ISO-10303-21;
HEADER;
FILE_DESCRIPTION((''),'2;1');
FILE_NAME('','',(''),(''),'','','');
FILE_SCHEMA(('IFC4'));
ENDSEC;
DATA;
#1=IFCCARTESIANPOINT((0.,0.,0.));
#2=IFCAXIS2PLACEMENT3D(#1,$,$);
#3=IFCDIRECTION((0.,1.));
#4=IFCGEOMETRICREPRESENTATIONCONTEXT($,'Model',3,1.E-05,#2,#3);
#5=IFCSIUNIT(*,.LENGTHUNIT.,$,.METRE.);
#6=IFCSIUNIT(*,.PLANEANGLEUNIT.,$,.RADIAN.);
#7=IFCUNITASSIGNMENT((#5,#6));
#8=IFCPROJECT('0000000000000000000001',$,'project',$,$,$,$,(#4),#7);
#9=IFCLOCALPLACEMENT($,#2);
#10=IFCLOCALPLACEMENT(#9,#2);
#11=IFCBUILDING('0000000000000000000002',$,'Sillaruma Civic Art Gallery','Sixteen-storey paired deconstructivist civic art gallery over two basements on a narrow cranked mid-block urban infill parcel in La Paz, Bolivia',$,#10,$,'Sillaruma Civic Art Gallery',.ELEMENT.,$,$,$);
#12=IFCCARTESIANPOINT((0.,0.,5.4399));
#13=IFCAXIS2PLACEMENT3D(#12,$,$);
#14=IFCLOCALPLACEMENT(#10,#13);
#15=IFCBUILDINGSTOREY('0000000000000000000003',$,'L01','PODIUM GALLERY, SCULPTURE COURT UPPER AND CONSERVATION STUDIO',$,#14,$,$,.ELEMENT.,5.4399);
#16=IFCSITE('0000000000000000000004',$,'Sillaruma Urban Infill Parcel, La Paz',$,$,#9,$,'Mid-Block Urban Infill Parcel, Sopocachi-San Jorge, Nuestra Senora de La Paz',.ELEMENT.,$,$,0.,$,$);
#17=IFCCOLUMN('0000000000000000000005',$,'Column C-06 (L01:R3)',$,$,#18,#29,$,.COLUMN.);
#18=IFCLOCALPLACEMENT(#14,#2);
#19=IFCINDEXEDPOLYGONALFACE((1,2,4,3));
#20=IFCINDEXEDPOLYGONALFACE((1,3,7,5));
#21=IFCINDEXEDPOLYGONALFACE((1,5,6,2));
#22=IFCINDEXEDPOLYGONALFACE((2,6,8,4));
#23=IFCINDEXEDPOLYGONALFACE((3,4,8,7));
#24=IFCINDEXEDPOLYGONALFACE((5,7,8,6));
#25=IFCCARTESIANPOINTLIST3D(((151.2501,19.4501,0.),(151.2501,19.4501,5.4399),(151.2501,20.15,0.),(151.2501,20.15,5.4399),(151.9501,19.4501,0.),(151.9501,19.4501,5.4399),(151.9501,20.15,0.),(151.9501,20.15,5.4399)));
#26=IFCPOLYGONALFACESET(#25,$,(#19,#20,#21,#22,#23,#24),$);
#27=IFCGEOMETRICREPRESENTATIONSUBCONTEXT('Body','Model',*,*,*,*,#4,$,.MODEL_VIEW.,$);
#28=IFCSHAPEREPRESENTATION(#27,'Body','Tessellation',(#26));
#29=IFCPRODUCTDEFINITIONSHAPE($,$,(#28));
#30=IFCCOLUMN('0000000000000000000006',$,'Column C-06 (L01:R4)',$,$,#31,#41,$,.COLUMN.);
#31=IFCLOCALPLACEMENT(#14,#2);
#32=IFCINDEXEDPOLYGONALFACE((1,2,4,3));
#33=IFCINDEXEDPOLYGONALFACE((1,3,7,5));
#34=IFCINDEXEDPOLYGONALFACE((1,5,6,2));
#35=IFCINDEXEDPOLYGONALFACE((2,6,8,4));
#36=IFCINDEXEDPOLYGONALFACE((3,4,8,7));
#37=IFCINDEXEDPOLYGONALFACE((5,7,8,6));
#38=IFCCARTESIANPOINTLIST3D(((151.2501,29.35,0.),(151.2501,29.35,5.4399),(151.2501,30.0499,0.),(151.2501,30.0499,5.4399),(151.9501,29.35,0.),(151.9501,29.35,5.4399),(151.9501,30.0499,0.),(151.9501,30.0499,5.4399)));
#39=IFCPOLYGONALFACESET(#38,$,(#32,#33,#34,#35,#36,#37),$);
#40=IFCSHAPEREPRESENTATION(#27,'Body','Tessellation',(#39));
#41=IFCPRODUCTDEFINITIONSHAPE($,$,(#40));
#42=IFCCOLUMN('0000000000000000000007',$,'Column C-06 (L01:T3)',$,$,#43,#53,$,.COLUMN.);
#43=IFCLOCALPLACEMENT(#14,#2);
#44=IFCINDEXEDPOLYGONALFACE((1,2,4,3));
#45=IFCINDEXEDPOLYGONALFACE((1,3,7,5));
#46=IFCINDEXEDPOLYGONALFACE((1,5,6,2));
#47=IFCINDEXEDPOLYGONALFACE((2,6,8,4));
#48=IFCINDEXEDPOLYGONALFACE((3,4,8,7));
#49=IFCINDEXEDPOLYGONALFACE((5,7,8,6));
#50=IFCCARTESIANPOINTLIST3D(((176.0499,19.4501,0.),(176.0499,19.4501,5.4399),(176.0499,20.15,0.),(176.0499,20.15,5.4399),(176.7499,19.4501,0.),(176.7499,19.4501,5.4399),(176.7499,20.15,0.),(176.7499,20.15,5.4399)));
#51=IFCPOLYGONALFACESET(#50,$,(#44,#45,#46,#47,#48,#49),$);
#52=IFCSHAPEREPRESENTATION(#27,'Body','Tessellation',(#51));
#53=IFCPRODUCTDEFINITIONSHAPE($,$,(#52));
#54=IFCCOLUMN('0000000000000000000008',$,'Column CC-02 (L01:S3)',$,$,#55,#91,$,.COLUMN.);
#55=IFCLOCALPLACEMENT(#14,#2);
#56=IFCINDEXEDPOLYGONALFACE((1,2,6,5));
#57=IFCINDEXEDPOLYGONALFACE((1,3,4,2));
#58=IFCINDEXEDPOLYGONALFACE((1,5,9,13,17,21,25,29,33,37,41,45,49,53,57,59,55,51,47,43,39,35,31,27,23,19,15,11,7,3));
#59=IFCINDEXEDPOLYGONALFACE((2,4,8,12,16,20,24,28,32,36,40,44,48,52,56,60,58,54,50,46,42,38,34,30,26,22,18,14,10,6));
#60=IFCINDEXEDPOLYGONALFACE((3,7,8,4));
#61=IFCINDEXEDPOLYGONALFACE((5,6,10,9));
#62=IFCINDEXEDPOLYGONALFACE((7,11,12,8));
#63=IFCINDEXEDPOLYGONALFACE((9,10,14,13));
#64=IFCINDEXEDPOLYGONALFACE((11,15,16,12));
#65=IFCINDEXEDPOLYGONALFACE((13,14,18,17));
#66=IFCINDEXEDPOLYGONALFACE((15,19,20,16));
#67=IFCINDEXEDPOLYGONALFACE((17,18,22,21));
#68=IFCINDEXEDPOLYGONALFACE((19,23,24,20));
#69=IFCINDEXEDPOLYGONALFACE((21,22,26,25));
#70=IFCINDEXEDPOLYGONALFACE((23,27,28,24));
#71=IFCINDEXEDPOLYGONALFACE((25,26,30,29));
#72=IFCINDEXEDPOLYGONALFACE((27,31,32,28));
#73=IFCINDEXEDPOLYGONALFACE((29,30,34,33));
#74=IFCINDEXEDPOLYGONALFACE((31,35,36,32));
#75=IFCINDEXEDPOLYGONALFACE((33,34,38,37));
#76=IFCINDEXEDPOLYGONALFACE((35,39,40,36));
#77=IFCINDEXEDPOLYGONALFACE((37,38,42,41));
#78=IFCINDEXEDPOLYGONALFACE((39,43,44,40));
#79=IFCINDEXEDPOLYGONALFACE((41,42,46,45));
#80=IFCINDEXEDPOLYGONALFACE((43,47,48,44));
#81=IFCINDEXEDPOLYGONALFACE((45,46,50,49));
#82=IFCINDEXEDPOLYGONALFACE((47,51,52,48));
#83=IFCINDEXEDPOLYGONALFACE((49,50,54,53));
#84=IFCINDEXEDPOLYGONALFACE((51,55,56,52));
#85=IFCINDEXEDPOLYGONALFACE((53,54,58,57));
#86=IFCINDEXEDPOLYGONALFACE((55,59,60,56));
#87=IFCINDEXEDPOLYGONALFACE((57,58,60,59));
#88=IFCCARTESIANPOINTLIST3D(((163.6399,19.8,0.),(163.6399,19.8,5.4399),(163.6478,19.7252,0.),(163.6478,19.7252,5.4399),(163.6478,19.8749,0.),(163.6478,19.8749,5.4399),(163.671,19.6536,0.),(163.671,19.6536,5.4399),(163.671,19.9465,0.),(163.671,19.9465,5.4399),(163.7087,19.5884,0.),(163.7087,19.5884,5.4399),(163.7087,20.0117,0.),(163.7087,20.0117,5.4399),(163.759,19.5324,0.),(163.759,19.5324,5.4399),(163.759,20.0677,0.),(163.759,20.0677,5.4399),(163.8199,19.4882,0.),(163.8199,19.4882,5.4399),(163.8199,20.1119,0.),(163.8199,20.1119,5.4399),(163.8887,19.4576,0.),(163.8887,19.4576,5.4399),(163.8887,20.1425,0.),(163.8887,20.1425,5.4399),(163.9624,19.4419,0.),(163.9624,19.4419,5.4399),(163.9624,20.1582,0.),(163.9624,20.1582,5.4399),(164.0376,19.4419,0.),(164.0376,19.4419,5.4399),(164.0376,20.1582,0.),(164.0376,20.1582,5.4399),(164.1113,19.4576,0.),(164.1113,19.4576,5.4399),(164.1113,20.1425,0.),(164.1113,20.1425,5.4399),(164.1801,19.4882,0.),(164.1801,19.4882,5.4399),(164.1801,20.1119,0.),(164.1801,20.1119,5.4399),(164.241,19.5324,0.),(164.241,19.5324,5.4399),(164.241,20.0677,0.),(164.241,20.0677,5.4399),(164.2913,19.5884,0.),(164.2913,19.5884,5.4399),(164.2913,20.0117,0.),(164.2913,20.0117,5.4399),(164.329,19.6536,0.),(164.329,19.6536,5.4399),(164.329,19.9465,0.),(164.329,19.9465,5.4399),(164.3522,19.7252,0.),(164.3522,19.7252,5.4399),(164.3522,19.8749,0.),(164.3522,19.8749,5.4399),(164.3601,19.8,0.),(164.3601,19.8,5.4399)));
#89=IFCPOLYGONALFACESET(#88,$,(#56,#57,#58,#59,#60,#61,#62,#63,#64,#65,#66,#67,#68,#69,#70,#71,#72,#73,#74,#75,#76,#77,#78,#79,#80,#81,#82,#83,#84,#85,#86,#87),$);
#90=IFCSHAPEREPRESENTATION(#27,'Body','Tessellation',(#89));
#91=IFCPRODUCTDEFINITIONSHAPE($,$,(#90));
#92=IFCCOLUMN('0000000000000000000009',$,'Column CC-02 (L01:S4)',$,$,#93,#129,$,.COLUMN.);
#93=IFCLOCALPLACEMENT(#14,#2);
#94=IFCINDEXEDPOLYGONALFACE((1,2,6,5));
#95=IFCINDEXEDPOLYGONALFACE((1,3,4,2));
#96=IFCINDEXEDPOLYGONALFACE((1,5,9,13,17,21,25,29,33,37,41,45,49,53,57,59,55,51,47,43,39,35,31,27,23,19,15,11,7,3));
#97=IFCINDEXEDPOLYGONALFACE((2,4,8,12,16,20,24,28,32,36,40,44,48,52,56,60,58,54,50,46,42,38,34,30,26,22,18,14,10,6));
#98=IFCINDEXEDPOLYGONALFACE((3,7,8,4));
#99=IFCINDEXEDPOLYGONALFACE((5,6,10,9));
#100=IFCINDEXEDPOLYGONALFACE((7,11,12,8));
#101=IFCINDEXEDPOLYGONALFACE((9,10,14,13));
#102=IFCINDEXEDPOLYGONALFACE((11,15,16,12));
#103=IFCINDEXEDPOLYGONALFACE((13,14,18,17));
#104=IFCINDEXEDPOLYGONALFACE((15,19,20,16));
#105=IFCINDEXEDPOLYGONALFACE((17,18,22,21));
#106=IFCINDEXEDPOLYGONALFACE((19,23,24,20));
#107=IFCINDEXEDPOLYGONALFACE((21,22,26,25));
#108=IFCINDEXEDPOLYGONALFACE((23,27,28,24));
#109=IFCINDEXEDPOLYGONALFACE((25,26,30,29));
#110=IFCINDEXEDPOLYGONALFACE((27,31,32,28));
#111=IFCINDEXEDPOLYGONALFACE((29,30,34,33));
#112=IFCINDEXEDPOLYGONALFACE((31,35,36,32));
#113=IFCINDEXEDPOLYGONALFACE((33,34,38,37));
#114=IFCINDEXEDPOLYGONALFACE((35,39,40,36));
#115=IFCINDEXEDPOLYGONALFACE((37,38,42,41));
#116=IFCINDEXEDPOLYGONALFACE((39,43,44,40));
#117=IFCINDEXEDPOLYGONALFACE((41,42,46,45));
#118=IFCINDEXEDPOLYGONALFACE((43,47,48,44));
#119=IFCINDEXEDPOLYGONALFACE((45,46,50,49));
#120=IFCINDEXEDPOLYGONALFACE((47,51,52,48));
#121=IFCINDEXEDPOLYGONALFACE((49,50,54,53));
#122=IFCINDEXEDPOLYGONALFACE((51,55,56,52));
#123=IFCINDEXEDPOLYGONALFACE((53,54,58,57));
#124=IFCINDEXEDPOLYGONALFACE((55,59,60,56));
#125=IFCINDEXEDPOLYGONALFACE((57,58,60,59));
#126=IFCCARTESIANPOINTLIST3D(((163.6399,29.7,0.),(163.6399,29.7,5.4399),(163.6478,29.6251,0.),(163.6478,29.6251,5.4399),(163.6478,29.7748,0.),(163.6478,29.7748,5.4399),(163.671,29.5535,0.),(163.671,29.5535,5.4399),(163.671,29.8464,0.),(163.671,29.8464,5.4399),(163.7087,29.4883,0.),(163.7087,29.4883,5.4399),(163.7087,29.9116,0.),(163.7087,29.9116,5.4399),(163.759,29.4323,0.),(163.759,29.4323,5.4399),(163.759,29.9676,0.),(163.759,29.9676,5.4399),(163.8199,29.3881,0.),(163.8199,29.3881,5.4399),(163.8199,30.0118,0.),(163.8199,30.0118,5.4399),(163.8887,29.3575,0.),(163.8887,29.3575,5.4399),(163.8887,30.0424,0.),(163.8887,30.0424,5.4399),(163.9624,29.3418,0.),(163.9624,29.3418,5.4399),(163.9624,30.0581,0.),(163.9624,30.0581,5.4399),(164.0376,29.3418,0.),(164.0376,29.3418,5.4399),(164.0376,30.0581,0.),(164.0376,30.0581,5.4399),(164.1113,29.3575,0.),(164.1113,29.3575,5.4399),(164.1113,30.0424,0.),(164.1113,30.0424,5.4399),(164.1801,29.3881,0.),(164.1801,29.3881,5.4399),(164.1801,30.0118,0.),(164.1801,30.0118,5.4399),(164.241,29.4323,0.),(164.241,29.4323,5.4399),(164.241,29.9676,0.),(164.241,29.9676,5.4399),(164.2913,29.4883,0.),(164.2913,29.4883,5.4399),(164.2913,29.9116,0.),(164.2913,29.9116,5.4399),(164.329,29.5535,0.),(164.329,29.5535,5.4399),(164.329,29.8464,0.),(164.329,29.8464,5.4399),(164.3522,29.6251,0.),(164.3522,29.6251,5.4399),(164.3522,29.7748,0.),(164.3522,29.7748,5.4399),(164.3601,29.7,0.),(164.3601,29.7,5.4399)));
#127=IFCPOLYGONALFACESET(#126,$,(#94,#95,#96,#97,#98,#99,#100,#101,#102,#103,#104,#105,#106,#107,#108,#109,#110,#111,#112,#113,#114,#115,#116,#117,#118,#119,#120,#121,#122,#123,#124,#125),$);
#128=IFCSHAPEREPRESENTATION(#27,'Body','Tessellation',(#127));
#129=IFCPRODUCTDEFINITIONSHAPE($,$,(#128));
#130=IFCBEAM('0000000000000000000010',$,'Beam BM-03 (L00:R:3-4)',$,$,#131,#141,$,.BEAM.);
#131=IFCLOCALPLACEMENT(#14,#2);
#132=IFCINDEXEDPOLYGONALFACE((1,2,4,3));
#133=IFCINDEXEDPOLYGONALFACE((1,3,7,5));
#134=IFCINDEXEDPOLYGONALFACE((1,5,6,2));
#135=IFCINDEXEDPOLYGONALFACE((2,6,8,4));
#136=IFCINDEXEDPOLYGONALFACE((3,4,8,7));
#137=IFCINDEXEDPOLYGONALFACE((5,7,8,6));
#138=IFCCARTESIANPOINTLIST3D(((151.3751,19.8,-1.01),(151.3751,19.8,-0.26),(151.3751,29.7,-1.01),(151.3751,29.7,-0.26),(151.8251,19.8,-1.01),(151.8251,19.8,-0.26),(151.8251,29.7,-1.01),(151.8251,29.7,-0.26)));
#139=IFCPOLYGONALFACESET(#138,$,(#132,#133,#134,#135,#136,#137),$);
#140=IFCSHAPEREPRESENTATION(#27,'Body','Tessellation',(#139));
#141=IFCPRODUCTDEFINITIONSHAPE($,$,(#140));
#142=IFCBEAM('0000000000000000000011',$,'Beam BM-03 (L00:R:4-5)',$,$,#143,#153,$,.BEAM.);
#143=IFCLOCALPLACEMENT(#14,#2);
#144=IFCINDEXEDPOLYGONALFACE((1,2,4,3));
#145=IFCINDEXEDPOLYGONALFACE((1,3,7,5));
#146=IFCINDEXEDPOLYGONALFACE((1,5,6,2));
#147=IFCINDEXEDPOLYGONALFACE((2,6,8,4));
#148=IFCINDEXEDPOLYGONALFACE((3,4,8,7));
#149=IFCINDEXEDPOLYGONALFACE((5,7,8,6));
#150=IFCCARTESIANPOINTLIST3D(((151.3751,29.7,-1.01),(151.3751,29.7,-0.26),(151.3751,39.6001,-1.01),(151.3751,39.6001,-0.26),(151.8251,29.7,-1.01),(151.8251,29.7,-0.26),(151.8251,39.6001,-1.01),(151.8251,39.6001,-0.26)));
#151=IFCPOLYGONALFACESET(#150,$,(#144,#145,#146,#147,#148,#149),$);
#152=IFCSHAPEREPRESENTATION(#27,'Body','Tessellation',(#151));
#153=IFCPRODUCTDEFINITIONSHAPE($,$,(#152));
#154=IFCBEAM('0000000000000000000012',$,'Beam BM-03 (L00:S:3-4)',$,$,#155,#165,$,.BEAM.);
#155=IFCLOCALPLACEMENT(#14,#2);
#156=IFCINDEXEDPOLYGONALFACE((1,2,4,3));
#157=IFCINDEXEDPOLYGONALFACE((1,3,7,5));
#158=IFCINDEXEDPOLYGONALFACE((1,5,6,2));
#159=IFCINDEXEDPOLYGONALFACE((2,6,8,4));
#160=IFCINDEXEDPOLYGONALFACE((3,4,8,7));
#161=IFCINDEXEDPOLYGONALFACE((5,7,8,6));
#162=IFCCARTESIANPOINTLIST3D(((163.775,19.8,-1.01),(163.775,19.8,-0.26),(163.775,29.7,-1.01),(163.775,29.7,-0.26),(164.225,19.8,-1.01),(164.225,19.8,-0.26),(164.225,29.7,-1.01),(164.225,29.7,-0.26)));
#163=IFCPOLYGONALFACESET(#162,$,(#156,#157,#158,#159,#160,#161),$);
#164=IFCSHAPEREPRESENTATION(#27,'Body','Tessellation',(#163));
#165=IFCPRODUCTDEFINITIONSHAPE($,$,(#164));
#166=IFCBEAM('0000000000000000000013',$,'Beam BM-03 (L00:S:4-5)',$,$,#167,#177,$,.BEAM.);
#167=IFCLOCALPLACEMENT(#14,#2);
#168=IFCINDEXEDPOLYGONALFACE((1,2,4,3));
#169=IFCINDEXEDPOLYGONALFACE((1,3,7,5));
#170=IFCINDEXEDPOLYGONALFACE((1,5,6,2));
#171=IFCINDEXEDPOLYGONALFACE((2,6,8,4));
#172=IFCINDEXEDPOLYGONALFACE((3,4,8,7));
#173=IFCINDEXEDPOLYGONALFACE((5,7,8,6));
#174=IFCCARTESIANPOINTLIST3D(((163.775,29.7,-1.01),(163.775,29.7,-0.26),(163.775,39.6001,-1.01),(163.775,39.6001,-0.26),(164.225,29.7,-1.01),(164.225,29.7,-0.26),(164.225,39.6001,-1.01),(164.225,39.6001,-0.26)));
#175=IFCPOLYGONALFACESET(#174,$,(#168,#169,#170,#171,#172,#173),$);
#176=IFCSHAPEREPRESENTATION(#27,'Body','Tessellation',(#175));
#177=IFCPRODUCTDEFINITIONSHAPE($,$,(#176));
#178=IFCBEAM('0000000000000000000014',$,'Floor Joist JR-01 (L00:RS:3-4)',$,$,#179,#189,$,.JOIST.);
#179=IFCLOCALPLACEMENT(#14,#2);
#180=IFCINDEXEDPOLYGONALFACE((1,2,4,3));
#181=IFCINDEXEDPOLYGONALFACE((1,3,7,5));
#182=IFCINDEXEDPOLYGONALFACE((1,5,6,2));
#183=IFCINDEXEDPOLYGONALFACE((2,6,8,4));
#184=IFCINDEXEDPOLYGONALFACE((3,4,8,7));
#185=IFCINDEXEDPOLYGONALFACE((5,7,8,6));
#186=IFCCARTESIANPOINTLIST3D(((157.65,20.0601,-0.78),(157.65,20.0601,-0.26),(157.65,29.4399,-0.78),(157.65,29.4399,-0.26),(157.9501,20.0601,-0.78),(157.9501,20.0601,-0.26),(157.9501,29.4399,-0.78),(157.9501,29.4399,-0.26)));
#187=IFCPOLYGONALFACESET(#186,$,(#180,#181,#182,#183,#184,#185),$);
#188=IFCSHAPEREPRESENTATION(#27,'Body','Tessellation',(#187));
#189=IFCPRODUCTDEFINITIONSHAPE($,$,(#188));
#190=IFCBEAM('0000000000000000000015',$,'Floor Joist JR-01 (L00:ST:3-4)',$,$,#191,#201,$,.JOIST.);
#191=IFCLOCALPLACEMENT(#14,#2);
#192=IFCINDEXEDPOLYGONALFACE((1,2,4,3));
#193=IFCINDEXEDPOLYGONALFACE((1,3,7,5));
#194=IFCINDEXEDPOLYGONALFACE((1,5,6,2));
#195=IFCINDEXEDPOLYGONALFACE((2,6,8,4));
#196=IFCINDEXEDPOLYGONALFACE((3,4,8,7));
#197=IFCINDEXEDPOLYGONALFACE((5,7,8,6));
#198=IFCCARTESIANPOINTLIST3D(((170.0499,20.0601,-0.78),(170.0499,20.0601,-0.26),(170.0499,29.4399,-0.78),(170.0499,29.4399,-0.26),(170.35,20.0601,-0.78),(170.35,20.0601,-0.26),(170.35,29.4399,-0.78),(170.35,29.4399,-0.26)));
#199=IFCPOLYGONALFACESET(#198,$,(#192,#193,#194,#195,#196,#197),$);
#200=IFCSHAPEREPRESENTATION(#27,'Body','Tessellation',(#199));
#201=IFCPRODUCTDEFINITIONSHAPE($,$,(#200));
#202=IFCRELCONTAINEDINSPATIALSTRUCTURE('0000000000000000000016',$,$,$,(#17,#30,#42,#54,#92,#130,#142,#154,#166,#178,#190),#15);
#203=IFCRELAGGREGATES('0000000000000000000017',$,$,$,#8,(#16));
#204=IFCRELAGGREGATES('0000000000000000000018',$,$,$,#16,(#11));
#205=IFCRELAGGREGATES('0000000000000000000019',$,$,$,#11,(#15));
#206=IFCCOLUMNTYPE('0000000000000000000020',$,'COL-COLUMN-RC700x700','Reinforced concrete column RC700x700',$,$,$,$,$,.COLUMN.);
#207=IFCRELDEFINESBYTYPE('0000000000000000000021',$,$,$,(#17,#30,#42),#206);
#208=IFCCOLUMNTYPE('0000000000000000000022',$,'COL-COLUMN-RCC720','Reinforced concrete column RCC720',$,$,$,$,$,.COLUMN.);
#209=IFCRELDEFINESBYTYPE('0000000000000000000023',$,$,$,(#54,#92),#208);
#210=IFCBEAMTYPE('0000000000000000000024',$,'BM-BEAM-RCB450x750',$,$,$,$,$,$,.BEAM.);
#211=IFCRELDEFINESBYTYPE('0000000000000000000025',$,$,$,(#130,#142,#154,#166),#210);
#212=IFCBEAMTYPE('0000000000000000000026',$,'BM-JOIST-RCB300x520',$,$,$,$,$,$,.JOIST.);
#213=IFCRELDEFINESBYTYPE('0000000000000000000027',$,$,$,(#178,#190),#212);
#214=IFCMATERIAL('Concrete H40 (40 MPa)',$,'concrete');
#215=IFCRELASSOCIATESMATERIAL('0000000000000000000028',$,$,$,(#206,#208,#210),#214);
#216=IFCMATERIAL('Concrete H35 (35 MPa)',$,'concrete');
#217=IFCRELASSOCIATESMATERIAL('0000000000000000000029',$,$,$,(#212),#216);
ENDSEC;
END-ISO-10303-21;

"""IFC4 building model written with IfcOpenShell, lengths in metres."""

from ifc_helpers import new_model, si_unit, direction, frame, origin, origin_2d, place, context, subcontext, project, spatial, rectangle, circle, extrude, material, material_profile, profile_set, type_object, element, save


model = new_model("IFC4")

# Units and contexts
model_context = context("Model", 3, precision=1e-05, world=origin(), true_north=direction((0.0, 1.0)))
body_context = subcontext(model_context, "Body", "Model", "MODEL_VIEW")
ifc_project = project(units=[si_unit("LENGTHUNIT", "METRE"), si_unit("PLANEANGLEUNIT", "RADIAN")], contexts=[model_context])

# Site, building, storey
site_placement = place(None, origin())
site = spatial("IfcSite", under=ifc_project, at=site_placement, Name="Sillaruma Urban Infill Parcel, La Paz", LongName="Mid-Block Urban Infill Parcel, Sopocachi-San Jorge, Nuestra Senora de La Paz", CompositionType="ELEMENT", RefElevation=0.0)
building_placement = place(site_placement, origin())
building = spatial("IfcBuilding", under=site, at=building_placement, Name="Sillaruma Civic Art Gallery", Description="Sixteen-storey paired deconstructivist civic art gallery over two basements on a narrow cranked mid-block urban infill parcel in La Paz, Bolivia", LongName="Sillaruma Civic Art Gallery", CompositionType="ELEMENT")
storey_placement = place(building_placement, frame((0.0, 0.0, 5.4399)))
storey = spatial("IfcBuildingStorey", under=building, at=storey_placement, Name="L01", Description="PODIUM GALLERY, SCULPTURE COURT UPPER AND CONSERVATION STUDIO", CompositionType="ELEMENT", Elevation=5.4399)

# Columns
ifc_material_1 = material(Name="Concrete H40 (40 MPa)", Category="concrete")
ifc_material_profile_1 = material_profile(ifc_material_1, rectangle(XDim=0.7, YDim=0.7, at=origin_2d()), Name="RC700x700")
ifc_profile_set_1 = profile_set([ifc_material_profile_1], Name="Concrete H40 (40 MPa)")
column_type_1 = type_object("IfcColumnType", Name="COL-COLUMN-RC700x700", Description="Reinforced concrete column RC700x700", PredefinedType="COLUMN", material=ifc_profile_set_1)
for number, where, z_axis, x_axis, name in (
    (1, (151.6001, 19.8, 0.0), (0.0, 0.0, 1.0), (1.0, 0.0, 0.0), "Column C-06 (L01:R3)"),
    (2, (151.6001, 29.7, 0.0), (0.0, 0.0, 1.0), (1.0, 0.0, 0.0), "Column C-06 (L01:R4)"),
    (3, (176.3999, 19.8, 0.0), (0.0, 0.0, 1.0), (1.0, 0.0, 0.0), "Column C-06 (L01:T3)"),
):
    element("IfcColumn", number, at=place(storey_placement, frame(where, z_axis=z_axis, x_axis=x_axis)), inside=storey, type_object=column_type_1, Name=name, PredefinedType="COLUMN", context=body_context, shape_type="SweptSolid", body=[
        extrude(rectangle(XDim=0.7, YDim=0.7, at=origin_2d()), origin(), (0.0, 0.0, 1.0), 5.4399),
    ])
ifc_material_profile_2 = material_profile(ifc_material_1, circle(Radius=0.3601, at=origin_2d()), Name="RCC720")
ifc_profile_set_2 = profile_set([ifc_material_profile_2], Name="Concrete H40 (40 MPa)")
column_type_2 = type_object("IfcColumnType", Name="COL-COLUMN-RCC720", Description="Reinforced concrete column RCC720", PredefinedType="COLUMN", material=ifc_profile_set_2)
for number, where, z_axis, x_axis, name in (
    (4, (164.0, 19.8, 0.0), (0.0, 0.0, 1.0), (1.0, 0.0, 0.0), "Column CC-02 (L01:S3)"),
    (5, (164.0, 29.7, 0.0), (0.0, 0.0, 1.0), (1.0, 0.0, 0.0), "Column CC-02 (L01:S4)"),
):
    element("IfcColumn", number, at=place(storey_placement, frame(where, z_axis=z_axis, x_axis=x_axis)), inside=storey, type_object=column_type_2, Name=name, PredefinedType="COLUMN", context=body_context, shape_type="SweptSolid", body=[
        extrude(circle(Radius=0.3601, at=origin_2d()), origin(), (0.0, 0.0, 1.0), 5.4399),
    ])

# Beams
ifc_material_profile_3 = material_profile(ifc_material_1, rectangle(XDim=0.45, YDim=0.75, at=origin_2d()), Name="RCB450x750")
ifc_profile_set_3 = profile_set([ifc_material_profile_3], Name="Concrete H40 (40 MPa)")
beam_type_1 = type_object("IfcBeamType", Name="BM-BEAM-RCB450x750", PredefinedType="BEAM", material=ifc_profile_set_3)
beam_1_placement = place(storey_placement, frame((151.6001, 19.8, -0.635), z_axis=(0.0, 1.0, 0.0), x_axis=(-1.0, 0.0, 0.0)))
element("IfcBeam", 6, at=beam_1_placement, inside=storey, type_object=beam_type_1, Name="Beam BM-03 (L00:R:3-4)", PredefinedType="BEAM", context=body_context, shape_type="SweptSolid", body=[
    extrude(rectangle(XDim=0.45, YDim=0.75, at=origin_2d()), origin(), (0.0, 0.0, 1.0), 9.8999),
])
beam_2_placement = place(storey_placement, frame((151.6001, 29.7, -0.635), z_axis=(0.0, 1.0, 0.0), x_axis=(-1.0, 0.0, 0.0)))
element("IfcBeam", 7, at=beam_2_placement, inside=storey, type_object=beam_type_1, Name="Beam BM-03 (L00:R:4-5)", PredefinedType="BEAM", context=body_context, shape_type="SweptSolid", body=[
    extrude(rectangle(XDim=0.45, YDim=0.75, at=origin_2d()), origin(), (0.0, 0.0, 1.0), 9.9001),
])
beam_3_placement = place(storey_placement, frame((164.0, 19.8, -0.635), z_axis=(0.0, 1.0, 0.0), x_axis=(-1.0, 0.0, 0.0)))
element("IfcBeam", 8, at=beam_3_placement, inside=storey, type_object=beam_type_1, Name="Beam BM-03 (L00:S:3-4)", PredefinedType="BEAM", context=body_context, shape_type="SweptSolid", body=[
    extrude(rectangle(XDim=0.45, YDim=0.75, at=origin_2d()), origin(), (0.0, 0.0, 1.0), 9.8999),
])
beam_4_placement = place(storey_placement, frame((164.0, 29.7, -0.635), z_axis=(0.0, 1.0, 0.0), x_axis=(-1.0, 0.0, 0.0)))
element("IfcBeam", 9, at=beam_4_placement, inside=storey, type_object=beam_type_1, Name="Beam BM-03 (L00:S:4-5)", PredefinedType="BEAM", context=body_context, shape_type="SweptSolid", body=[
    extrude(rectangle(XDim=0.45, YDim=0.75, at=origin_2d()), origin(), (0.0, 0.0, 1.0), 9.9001),
])
ifc_material_2 = material(Name="Concrete H35 (35 MPa)", Category="concrete")
ifc_material_profile_4 = material_profile(ifc_material_2, rectangle(XDim=0.3, YDim=0.52, at=origin_2d()), Name="RCB300x520")
ifc_profile_set_4 = profile_set([ifc_material_profile_4], Name="Concrete H35 (35 MPa)")
beam_type_2 = type_object("IfcBeamType", Name="BM-JOIST-RCB300x520", PredefinedType="JOIST", material=ifc_profile_set_4)
for number, where, z_axis, x_axis, name in (
    (10, (157.8, 20.0601, -0.52), (0.0, 1.0, 0.0), (-1.0, 0.0, 0.0), "Floor Joist JR-01 (L00:RS:3-4)"),
    (11, (170.2, 20.0601, -0.52), (0.0, 1.0, 0.0), (-1.0, 0.0, 0.0), "Floor Joist JR-01 (L00:ST:3-4)"),
):
    element("IfcBeam", number, at=place(storey_placement, frame(where, z_axis=z_axis, x_axis=x_axis)), inside=storey, type_object=beam_type_2, Name=name, PredefinedType="JOIST", context=body_context, shape_type="SweptSolid", body=[
        extrude(rectangle(XDim=0.3, YDim=0.52, at=origin_2d()), origin(), (0.0, 0.0, 1.0), 9.3799),
    ])

save(model, "model.ifc")
